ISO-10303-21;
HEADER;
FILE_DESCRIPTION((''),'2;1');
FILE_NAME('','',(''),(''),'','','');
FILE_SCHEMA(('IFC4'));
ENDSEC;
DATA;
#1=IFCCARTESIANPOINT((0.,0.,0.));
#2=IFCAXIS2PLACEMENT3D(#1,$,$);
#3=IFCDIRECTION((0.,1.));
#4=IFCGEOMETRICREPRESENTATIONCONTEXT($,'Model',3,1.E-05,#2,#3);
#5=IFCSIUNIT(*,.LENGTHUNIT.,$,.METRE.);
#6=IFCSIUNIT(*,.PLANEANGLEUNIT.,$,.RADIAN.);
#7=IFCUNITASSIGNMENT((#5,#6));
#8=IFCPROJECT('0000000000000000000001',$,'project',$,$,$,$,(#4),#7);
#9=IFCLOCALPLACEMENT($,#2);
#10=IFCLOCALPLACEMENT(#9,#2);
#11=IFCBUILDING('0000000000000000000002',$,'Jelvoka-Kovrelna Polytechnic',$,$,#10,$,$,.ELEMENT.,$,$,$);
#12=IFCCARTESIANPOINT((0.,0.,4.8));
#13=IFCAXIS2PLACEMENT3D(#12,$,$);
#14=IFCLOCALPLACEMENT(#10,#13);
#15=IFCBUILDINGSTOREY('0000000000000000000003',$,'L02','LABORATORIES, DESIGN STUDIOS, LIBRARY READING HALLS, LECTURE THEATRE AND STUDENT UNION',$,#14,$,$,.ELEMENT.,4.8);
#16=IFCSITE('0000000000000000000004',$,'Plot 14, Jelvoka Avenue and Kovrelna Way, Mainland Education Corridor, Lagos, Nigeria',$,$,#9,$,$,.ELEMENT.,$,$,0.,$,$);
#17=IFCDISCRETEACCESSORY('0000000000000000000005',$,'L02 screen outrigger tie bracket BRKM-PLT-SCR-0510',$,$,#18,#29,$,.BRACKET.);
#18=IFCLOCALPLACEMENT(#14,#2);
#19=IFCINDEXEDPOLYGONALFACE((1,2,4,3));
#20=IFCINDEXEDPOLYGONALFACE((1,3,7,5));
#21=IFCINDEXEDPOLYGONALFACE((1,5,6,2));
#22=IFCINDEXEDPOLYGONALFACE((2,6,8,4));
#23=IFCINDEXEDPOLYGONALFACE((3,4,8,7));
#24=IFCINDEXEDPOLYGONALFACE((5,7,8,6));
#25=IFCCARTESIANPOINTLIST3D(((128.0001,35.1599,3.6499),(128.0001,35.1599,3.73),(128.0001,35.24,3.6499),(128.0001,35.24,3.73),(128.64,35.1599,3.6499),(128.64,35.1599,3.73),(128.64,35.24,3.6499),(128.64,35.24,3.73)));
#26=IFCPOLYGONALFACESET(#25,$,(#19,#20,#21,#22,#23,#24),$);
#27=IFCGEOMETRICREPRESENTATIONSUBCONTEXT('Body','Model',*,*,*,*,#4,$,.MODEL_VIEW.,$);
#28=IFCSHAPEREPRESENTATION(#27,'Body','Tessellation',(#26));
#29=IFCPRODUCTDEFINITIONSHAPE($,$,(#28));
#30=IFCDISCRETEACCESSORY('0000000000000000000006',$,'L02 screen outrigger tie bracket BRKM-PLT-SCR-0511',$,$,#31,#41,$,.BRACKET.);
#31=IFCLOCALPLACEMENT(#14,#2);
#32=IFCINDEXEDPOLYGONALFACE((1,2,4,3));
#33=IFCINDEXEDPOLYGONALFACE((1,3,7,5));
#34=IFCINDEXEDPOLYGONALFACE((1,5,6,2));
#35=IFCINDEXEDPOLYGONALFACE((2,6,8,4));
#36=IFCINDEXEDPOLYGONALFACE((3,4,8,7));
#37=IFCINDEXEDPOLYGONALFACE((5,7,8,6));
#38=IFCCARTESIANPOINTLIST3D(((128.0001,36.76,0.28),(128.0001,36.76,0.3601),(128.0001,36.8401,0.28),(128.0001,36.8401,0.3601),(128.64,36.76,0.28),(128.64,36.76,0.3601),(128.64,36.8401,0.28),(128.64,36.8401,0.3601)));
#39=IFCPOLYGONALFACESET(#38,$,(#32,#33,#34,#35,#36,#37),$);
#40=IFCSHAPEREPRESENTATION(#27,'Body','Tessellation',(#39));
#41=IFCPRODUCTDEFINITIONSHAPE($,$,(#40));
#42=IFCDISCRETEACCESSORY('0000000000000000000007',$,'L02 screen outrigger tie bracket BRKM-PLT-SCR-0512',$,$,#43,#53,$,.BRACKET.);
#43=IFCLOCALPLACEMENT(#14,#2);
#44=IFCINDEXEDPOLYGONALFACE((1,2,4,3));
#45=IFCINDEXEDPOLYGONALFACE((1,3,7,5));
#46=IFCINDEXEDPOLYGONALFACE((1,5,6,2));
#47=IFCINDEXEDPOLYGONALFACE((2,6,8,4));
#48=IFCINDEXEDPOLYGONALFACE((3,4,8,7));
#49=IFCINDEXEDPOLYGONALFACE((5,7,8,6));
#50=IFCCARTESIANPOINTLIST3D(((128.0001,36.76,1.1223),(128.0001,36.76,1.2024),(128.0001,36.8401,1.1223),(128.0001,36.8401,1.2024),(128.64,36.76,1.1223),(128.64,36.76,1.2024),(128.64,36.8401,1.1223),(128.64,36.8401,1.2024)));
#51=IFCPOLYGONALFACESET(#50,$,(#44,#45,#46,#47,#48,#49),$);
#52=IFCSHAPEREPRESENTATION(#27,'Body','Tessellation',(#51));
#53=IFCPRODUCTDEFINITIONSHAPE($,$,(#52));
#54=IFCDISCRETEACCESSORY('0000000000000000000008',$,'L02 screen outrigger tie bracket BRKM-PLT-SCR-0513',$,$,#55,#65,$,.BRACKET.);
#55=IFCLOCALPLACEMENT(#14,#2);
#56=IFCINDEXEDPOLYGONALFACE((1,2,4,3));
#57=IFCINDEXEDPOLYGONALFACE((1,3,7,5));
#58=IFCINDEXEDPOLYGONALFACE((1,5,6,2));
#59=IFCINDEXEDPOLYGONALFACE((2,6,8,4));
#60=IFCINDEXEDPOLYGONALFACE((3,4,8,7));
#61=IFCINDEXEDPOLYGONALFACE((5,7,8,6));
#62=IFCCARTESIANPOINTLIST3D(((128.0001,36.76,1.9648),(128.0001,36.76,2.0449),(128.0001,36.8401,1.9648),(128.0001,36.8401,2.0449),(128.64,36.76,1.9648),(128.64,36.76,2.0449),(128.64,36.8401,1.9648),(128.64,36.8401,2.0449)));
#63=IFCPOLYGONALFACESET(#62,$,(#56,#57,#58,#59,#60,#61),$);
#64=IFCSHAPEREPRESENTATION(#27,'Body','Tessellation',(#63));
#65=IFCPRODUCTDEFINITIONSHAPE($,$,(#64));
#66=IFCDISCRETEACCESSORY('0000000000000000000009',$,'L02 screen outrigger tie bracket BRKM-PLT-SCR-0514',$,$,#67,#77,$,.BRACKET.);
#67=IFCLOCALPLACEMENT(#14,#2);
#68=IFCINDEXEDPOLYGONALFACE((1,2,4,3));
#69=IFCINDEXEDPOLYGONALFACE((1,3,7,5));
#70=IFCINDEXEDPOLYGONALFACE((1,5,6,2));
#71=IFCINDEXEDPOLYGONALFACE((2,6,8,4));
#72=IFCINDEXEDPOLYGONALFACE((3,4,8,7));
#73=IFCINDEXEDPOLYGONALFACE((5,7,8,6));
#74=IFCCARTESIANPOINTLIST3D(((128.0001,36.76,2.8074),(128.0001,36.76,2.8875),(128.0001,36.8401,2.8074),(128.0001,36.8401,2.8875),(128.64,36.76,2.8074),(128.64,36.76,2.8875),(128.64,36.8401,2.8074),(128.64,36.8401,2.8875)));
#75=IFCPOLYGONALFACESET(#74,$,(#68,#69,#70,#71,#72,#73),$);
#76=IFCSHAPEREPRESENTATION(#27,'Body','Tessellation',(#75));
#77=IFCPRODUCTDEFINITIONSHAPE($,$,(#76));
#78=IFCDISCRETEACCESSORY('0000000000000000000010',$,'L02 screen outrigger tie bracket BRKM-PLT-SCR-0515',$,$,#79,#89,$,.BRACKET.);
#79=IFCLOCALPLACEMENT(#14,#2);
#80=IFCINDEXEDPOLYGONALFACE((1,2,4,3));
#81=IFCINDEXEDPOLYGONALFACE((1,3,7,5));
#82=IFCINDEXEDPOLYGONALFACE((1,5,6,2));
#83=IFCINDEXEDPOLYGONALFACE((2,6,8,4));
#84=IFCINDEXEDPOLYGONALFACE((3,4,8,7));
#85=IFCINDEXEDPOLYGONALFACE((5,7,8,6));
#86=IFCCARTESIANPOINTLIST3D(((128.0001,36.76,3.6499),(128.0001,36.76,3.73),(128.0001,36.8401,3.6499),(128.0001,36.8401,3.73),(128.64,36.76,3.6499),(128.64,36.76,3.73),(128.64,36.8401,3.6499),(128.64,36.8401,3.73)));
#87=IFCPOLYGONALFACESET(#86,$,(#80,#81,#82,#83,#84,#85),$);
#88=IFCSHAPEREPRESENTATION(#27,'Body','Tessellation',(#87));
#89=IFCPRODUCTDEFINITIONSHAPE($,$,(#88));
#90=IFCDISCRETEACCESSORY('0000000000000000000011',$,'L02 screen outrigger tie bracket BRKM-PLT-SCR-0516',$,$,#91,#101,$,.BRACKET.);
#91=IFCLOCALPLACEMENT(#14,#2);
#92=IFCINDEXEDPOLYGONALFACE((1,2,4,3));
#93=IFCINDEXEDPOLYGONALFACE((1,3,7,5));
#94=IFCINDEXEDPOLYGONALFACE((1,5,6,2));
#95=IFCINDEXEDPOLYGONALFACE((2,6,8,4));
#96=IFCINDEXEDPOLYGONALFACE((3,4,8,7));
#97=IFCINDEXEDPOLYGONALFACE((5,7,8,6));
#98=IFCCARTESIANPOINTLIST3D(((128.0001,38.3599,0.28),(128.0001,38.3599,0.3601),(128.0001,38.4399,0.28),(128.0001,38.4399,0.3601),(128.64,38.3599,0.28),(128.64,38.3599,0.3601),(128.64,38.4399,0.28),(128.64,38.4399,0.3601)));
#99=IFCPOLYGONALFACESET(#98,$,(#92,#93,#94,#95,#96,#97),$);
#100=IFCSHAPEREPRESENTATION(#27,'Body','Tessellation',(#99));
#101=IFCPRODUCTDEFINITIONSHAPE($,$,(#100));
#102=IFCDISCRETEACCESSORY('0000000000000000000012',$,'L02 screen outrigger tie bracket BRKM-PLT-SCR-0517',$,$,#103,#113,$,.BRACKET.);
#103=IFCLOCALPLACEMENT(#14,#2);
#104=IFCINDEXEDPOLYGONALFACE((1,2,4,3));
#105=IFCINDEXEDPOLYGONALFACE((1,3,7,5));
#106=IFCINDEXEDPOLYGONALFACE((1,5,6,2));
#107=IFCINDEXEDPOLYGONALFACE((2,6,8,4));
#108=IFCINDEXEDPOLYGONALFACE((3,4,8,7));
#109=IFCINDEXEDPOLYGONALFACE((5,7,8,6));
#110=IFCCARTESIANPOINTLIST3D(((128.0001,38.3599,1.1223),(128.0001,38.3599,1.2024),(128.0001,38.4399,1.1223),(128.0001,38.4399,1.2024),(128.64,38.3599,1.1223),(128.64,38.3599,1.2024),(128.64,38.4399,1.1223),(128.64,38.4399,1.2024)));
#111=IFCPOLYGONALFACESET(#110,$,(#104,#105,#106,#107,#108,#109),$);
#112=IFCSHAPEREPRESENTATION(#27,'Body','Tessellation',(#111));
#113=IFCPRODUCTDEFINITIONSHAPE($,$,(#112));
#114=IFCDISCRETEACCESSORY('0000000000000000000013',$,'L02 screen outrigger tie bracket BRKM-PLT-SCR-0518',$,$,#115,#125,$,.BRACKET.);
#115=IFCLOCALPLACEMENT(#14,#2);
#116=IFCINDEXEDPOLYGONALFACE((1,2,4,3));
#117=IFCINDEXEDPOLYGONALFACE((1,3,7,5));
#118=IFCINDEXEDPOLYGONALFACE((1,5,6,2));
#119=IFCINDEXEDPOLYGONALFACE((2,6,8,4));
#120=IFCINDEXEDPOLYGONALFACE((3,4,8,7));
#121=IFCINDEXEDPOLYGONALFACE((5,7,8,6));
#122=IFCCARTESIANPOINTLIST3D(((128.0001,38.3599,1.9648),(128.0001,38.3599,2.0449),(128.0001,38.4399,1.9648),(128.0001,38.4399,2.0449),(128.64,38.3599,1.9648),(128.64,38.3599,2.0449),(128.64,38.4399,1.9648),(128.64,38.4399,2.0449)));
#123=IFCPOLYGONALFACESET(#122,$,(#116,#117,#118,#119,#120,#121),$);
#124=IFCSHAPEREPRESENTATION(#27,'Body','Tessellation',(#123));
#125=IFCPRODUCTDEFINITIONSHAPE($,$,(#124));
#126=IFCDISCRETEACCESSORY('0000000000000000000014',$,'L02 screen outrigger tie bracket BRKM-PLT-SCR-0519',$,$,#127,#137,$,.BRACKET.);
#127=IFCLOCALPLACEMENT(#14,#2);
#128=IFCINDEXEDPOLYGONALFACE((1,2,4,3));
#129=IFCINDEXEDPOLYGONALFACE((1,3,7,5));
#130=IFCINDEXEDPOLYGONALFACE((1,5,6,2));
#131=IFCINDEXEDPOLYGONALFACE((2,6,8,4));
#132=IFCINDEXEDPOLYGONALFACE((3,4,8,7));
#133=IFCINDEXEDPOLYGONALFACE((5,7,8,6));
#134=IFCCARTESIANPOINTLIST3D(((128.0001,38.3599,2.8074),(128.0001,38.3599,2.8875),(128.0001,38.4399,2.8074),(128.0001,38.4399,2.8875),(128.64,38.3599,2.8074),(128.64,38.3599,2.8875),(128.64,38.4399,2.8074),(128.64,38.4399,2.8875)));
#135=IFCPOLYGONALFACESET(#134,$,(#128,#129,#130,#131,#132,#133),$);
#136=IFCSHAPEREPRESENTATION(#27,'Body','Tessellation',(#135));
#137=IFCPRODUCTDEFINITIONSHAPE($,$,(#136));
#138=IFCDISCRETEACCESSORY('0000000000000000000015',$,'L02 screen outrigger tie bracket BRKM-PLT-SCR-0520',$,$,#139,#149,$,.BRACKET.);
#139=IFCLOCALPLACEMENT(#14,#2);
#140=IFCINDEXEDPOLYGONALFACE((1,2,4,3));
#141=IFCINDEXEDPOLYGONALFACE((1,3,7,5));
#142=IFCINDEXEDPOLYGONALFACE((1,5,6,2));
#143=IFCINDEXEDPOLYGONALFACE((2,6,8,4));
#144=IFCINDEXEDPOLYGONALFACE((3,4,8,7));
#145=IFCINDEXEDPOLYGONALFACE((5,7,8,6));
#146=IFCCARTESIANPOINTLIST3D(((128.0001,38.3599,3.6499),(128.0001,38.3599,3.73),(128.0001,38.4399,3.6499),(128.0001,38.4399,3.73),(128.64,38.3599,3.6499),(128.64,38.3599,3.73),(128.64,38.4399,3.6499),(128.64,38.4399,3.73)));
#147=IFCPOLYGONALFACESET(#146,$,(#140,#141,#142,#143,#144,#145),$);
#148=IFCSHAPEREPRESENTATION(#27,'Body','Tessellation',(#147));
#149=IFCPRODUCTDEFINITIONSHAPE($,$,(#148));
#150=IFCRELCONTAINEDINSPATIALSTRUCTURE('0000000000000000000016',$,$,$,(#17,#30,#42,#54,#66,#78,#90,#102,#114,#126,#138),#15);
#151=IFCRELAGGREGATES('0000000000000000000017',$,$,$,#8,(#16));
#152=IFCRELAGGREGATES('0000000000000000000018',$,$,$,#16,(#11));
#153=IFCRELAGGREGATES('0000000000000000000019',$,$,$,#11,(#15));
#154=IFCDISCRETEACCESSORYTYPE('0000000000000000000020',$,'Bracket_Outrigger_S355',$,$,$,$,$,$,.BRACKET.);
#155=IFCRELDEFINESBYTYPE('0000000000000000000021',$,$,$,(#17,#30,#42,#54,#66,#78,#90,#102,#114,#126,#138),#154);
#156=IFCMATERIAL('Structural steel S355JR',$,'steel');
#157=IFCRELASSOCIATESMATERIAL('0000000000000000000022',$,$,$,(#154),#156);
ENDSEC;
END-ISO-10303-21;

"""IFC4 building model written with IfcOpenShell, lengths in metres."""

from ifc_helpers import new_model, si_unit, direction, frame, origin, origin_2d, place, context, subcontext, project, spatial, rectangle, extrude, material, type_object, element, save


model = new_model("IFC4")

# Units and contexts
model_context = context("Model", 3, precision=1e-05, world=origin(), true_north=direction((0.0, 1.0)))
body_context = subcontext(model_context, "Body", "Model", "MODEL_VIEW")
ifc_project = project(units=[si_unit("LENGTHUNIT", "METRE"), si_unit("PLANEANGLEUNIT", "RADIAN")], contexts=[model_context])

# Site, building, storey
site_placement = place(None, origin())
site = spatial("IfcSite", under=ifc_project, at=site_placement, Name="Plot 14, Jelvoka Avenue and Kovrelna Way, Mainland Education Corridor, Lagos, Nigeria", CompositionType="ELEMENT", RefElevation=0.0)
building_placement = place(site_placement, origin())
building = spatial("IfcBuilding", under=site, at=building_placement, Name="Jelvoka-Kovrelna Polytechnic", CompositionType="ELEMENT")
storey_placement = place(building_placement, frame((0.0, 0.0, 4.8)))
storey = spatial("IfcBuildingStorey", under=building, at=storey_placement, Name="L02", Description="LABORATORIES, DESIGN STUDIOS, LIBRARY READING HALLS, LECTURE THEATRE AND STUDENT UNION", CompositionType="ELEMENT", Elevation=4.8)

# Discrete accessories
ifc_material_1 = material(Name="Structural steel S355JR", Category="steel")
discrete_accessory_type = type_object("IfcDiscreteAccessoryType", Name="Bracket_Outrigger_S355", PredefinedType="BRACKET", material=ifc_material_1)
for number, where, z_axis, x_axis, name in (
    (1, (128.3201, 35.2, 3.6499), (0.0, 0.0, 1.0), (1.0, 0.0, 0.0), "L02 screen outrigger tie bracket BRKM-PLT-SCR-0510"),
    (2, (128.3201, 36.8, 0.28), (0.0, 0.0, 1.0), (1.0, 0.0, 0.0), "L02 screen outrigger tie bracket BRKM-PLT-SCR-0511"),
    (3, (128.3201, 36.8, 1.1223), (0.0, 0.0, 1.0), (1.0, 0.0, 0.0), "L02 screen outrigger tie bracket BRKM-PLT-SCR-0512"),
    (4, (128.3201, 36.8, 1.9648), (0.0, 0.0, 1.0), (1.0, 0.0, 0.0), "L02 screen outrigger tie bracket BRKM-PLT-SCR-0513"),
    (5, (128.3201, 36.8, 2.8074), (0.0, 0.0, 1.0), (1.0, 0.0, 0.0), "L02 screen outrigger tie bracket BRKM-PLT-SCR-0514"),
    (6, (128.3201, 36.8, 3.6499), (0.0, 0.0, 1.0), (1.0, 0.0, 0.0), "L02 screen outrigger tie bracket BRKM-PLT-SCR-0515"),
    (7, (128.3201, 38.3999, 0.28), (0.0, 0.0, 1.0), (1.0, 0.0, 0.0), "L02 screen outrigger tie bracket BRKM-PLT-SCR-0516"),
    (8, (128.3201, 38.3999, 1.1223), (0.0, 0.0, 1.0), (1.0, 0.0, 0.0), "L02 screen outrigger tie bracket BRKM-PLT-SCR-0517"),
    (9, (128.3201, 38.3999, 1.9648), (0.0, 0.0, 1.0), (1.0, 0.0, 0.0), "L02 screen outrigger tie bracket BRKM-PLT-SCR-0518"),
    (10, (128.3201, 38.3999, 2.8074), (0.0, 0.0, 1.0), (1.0, 0.0, 0.0), "L02 screen outrigger tie bracket BRKM-PLT-SCR-0519"),
    (11, (128.3201, 38.3999, 3.6499), (0.0, 0.0, 1.0), (1.0, 0.0, 0.0), "L02 screen outrigger tie bracket BRKM-PLT-SCR-0520"),
):
    element("IfcDiscreteAccessory", number, at=place(storey_placement, frame(where, z_axis=z_axis, x_axis=x_axis)), inside=storey, type_object=discrete_accessory_type, Name=name, PredefinedType="BRACKET", context=body_context, shape_type="SweptSolid", body=[
        extrude(rectangle(XDim=0.6399, YDim=0.0801, at=origin_2d()), origin(), (0.0, 0.0, 1.0), 0.0801),
    ])

save(model, "model.ifc")
